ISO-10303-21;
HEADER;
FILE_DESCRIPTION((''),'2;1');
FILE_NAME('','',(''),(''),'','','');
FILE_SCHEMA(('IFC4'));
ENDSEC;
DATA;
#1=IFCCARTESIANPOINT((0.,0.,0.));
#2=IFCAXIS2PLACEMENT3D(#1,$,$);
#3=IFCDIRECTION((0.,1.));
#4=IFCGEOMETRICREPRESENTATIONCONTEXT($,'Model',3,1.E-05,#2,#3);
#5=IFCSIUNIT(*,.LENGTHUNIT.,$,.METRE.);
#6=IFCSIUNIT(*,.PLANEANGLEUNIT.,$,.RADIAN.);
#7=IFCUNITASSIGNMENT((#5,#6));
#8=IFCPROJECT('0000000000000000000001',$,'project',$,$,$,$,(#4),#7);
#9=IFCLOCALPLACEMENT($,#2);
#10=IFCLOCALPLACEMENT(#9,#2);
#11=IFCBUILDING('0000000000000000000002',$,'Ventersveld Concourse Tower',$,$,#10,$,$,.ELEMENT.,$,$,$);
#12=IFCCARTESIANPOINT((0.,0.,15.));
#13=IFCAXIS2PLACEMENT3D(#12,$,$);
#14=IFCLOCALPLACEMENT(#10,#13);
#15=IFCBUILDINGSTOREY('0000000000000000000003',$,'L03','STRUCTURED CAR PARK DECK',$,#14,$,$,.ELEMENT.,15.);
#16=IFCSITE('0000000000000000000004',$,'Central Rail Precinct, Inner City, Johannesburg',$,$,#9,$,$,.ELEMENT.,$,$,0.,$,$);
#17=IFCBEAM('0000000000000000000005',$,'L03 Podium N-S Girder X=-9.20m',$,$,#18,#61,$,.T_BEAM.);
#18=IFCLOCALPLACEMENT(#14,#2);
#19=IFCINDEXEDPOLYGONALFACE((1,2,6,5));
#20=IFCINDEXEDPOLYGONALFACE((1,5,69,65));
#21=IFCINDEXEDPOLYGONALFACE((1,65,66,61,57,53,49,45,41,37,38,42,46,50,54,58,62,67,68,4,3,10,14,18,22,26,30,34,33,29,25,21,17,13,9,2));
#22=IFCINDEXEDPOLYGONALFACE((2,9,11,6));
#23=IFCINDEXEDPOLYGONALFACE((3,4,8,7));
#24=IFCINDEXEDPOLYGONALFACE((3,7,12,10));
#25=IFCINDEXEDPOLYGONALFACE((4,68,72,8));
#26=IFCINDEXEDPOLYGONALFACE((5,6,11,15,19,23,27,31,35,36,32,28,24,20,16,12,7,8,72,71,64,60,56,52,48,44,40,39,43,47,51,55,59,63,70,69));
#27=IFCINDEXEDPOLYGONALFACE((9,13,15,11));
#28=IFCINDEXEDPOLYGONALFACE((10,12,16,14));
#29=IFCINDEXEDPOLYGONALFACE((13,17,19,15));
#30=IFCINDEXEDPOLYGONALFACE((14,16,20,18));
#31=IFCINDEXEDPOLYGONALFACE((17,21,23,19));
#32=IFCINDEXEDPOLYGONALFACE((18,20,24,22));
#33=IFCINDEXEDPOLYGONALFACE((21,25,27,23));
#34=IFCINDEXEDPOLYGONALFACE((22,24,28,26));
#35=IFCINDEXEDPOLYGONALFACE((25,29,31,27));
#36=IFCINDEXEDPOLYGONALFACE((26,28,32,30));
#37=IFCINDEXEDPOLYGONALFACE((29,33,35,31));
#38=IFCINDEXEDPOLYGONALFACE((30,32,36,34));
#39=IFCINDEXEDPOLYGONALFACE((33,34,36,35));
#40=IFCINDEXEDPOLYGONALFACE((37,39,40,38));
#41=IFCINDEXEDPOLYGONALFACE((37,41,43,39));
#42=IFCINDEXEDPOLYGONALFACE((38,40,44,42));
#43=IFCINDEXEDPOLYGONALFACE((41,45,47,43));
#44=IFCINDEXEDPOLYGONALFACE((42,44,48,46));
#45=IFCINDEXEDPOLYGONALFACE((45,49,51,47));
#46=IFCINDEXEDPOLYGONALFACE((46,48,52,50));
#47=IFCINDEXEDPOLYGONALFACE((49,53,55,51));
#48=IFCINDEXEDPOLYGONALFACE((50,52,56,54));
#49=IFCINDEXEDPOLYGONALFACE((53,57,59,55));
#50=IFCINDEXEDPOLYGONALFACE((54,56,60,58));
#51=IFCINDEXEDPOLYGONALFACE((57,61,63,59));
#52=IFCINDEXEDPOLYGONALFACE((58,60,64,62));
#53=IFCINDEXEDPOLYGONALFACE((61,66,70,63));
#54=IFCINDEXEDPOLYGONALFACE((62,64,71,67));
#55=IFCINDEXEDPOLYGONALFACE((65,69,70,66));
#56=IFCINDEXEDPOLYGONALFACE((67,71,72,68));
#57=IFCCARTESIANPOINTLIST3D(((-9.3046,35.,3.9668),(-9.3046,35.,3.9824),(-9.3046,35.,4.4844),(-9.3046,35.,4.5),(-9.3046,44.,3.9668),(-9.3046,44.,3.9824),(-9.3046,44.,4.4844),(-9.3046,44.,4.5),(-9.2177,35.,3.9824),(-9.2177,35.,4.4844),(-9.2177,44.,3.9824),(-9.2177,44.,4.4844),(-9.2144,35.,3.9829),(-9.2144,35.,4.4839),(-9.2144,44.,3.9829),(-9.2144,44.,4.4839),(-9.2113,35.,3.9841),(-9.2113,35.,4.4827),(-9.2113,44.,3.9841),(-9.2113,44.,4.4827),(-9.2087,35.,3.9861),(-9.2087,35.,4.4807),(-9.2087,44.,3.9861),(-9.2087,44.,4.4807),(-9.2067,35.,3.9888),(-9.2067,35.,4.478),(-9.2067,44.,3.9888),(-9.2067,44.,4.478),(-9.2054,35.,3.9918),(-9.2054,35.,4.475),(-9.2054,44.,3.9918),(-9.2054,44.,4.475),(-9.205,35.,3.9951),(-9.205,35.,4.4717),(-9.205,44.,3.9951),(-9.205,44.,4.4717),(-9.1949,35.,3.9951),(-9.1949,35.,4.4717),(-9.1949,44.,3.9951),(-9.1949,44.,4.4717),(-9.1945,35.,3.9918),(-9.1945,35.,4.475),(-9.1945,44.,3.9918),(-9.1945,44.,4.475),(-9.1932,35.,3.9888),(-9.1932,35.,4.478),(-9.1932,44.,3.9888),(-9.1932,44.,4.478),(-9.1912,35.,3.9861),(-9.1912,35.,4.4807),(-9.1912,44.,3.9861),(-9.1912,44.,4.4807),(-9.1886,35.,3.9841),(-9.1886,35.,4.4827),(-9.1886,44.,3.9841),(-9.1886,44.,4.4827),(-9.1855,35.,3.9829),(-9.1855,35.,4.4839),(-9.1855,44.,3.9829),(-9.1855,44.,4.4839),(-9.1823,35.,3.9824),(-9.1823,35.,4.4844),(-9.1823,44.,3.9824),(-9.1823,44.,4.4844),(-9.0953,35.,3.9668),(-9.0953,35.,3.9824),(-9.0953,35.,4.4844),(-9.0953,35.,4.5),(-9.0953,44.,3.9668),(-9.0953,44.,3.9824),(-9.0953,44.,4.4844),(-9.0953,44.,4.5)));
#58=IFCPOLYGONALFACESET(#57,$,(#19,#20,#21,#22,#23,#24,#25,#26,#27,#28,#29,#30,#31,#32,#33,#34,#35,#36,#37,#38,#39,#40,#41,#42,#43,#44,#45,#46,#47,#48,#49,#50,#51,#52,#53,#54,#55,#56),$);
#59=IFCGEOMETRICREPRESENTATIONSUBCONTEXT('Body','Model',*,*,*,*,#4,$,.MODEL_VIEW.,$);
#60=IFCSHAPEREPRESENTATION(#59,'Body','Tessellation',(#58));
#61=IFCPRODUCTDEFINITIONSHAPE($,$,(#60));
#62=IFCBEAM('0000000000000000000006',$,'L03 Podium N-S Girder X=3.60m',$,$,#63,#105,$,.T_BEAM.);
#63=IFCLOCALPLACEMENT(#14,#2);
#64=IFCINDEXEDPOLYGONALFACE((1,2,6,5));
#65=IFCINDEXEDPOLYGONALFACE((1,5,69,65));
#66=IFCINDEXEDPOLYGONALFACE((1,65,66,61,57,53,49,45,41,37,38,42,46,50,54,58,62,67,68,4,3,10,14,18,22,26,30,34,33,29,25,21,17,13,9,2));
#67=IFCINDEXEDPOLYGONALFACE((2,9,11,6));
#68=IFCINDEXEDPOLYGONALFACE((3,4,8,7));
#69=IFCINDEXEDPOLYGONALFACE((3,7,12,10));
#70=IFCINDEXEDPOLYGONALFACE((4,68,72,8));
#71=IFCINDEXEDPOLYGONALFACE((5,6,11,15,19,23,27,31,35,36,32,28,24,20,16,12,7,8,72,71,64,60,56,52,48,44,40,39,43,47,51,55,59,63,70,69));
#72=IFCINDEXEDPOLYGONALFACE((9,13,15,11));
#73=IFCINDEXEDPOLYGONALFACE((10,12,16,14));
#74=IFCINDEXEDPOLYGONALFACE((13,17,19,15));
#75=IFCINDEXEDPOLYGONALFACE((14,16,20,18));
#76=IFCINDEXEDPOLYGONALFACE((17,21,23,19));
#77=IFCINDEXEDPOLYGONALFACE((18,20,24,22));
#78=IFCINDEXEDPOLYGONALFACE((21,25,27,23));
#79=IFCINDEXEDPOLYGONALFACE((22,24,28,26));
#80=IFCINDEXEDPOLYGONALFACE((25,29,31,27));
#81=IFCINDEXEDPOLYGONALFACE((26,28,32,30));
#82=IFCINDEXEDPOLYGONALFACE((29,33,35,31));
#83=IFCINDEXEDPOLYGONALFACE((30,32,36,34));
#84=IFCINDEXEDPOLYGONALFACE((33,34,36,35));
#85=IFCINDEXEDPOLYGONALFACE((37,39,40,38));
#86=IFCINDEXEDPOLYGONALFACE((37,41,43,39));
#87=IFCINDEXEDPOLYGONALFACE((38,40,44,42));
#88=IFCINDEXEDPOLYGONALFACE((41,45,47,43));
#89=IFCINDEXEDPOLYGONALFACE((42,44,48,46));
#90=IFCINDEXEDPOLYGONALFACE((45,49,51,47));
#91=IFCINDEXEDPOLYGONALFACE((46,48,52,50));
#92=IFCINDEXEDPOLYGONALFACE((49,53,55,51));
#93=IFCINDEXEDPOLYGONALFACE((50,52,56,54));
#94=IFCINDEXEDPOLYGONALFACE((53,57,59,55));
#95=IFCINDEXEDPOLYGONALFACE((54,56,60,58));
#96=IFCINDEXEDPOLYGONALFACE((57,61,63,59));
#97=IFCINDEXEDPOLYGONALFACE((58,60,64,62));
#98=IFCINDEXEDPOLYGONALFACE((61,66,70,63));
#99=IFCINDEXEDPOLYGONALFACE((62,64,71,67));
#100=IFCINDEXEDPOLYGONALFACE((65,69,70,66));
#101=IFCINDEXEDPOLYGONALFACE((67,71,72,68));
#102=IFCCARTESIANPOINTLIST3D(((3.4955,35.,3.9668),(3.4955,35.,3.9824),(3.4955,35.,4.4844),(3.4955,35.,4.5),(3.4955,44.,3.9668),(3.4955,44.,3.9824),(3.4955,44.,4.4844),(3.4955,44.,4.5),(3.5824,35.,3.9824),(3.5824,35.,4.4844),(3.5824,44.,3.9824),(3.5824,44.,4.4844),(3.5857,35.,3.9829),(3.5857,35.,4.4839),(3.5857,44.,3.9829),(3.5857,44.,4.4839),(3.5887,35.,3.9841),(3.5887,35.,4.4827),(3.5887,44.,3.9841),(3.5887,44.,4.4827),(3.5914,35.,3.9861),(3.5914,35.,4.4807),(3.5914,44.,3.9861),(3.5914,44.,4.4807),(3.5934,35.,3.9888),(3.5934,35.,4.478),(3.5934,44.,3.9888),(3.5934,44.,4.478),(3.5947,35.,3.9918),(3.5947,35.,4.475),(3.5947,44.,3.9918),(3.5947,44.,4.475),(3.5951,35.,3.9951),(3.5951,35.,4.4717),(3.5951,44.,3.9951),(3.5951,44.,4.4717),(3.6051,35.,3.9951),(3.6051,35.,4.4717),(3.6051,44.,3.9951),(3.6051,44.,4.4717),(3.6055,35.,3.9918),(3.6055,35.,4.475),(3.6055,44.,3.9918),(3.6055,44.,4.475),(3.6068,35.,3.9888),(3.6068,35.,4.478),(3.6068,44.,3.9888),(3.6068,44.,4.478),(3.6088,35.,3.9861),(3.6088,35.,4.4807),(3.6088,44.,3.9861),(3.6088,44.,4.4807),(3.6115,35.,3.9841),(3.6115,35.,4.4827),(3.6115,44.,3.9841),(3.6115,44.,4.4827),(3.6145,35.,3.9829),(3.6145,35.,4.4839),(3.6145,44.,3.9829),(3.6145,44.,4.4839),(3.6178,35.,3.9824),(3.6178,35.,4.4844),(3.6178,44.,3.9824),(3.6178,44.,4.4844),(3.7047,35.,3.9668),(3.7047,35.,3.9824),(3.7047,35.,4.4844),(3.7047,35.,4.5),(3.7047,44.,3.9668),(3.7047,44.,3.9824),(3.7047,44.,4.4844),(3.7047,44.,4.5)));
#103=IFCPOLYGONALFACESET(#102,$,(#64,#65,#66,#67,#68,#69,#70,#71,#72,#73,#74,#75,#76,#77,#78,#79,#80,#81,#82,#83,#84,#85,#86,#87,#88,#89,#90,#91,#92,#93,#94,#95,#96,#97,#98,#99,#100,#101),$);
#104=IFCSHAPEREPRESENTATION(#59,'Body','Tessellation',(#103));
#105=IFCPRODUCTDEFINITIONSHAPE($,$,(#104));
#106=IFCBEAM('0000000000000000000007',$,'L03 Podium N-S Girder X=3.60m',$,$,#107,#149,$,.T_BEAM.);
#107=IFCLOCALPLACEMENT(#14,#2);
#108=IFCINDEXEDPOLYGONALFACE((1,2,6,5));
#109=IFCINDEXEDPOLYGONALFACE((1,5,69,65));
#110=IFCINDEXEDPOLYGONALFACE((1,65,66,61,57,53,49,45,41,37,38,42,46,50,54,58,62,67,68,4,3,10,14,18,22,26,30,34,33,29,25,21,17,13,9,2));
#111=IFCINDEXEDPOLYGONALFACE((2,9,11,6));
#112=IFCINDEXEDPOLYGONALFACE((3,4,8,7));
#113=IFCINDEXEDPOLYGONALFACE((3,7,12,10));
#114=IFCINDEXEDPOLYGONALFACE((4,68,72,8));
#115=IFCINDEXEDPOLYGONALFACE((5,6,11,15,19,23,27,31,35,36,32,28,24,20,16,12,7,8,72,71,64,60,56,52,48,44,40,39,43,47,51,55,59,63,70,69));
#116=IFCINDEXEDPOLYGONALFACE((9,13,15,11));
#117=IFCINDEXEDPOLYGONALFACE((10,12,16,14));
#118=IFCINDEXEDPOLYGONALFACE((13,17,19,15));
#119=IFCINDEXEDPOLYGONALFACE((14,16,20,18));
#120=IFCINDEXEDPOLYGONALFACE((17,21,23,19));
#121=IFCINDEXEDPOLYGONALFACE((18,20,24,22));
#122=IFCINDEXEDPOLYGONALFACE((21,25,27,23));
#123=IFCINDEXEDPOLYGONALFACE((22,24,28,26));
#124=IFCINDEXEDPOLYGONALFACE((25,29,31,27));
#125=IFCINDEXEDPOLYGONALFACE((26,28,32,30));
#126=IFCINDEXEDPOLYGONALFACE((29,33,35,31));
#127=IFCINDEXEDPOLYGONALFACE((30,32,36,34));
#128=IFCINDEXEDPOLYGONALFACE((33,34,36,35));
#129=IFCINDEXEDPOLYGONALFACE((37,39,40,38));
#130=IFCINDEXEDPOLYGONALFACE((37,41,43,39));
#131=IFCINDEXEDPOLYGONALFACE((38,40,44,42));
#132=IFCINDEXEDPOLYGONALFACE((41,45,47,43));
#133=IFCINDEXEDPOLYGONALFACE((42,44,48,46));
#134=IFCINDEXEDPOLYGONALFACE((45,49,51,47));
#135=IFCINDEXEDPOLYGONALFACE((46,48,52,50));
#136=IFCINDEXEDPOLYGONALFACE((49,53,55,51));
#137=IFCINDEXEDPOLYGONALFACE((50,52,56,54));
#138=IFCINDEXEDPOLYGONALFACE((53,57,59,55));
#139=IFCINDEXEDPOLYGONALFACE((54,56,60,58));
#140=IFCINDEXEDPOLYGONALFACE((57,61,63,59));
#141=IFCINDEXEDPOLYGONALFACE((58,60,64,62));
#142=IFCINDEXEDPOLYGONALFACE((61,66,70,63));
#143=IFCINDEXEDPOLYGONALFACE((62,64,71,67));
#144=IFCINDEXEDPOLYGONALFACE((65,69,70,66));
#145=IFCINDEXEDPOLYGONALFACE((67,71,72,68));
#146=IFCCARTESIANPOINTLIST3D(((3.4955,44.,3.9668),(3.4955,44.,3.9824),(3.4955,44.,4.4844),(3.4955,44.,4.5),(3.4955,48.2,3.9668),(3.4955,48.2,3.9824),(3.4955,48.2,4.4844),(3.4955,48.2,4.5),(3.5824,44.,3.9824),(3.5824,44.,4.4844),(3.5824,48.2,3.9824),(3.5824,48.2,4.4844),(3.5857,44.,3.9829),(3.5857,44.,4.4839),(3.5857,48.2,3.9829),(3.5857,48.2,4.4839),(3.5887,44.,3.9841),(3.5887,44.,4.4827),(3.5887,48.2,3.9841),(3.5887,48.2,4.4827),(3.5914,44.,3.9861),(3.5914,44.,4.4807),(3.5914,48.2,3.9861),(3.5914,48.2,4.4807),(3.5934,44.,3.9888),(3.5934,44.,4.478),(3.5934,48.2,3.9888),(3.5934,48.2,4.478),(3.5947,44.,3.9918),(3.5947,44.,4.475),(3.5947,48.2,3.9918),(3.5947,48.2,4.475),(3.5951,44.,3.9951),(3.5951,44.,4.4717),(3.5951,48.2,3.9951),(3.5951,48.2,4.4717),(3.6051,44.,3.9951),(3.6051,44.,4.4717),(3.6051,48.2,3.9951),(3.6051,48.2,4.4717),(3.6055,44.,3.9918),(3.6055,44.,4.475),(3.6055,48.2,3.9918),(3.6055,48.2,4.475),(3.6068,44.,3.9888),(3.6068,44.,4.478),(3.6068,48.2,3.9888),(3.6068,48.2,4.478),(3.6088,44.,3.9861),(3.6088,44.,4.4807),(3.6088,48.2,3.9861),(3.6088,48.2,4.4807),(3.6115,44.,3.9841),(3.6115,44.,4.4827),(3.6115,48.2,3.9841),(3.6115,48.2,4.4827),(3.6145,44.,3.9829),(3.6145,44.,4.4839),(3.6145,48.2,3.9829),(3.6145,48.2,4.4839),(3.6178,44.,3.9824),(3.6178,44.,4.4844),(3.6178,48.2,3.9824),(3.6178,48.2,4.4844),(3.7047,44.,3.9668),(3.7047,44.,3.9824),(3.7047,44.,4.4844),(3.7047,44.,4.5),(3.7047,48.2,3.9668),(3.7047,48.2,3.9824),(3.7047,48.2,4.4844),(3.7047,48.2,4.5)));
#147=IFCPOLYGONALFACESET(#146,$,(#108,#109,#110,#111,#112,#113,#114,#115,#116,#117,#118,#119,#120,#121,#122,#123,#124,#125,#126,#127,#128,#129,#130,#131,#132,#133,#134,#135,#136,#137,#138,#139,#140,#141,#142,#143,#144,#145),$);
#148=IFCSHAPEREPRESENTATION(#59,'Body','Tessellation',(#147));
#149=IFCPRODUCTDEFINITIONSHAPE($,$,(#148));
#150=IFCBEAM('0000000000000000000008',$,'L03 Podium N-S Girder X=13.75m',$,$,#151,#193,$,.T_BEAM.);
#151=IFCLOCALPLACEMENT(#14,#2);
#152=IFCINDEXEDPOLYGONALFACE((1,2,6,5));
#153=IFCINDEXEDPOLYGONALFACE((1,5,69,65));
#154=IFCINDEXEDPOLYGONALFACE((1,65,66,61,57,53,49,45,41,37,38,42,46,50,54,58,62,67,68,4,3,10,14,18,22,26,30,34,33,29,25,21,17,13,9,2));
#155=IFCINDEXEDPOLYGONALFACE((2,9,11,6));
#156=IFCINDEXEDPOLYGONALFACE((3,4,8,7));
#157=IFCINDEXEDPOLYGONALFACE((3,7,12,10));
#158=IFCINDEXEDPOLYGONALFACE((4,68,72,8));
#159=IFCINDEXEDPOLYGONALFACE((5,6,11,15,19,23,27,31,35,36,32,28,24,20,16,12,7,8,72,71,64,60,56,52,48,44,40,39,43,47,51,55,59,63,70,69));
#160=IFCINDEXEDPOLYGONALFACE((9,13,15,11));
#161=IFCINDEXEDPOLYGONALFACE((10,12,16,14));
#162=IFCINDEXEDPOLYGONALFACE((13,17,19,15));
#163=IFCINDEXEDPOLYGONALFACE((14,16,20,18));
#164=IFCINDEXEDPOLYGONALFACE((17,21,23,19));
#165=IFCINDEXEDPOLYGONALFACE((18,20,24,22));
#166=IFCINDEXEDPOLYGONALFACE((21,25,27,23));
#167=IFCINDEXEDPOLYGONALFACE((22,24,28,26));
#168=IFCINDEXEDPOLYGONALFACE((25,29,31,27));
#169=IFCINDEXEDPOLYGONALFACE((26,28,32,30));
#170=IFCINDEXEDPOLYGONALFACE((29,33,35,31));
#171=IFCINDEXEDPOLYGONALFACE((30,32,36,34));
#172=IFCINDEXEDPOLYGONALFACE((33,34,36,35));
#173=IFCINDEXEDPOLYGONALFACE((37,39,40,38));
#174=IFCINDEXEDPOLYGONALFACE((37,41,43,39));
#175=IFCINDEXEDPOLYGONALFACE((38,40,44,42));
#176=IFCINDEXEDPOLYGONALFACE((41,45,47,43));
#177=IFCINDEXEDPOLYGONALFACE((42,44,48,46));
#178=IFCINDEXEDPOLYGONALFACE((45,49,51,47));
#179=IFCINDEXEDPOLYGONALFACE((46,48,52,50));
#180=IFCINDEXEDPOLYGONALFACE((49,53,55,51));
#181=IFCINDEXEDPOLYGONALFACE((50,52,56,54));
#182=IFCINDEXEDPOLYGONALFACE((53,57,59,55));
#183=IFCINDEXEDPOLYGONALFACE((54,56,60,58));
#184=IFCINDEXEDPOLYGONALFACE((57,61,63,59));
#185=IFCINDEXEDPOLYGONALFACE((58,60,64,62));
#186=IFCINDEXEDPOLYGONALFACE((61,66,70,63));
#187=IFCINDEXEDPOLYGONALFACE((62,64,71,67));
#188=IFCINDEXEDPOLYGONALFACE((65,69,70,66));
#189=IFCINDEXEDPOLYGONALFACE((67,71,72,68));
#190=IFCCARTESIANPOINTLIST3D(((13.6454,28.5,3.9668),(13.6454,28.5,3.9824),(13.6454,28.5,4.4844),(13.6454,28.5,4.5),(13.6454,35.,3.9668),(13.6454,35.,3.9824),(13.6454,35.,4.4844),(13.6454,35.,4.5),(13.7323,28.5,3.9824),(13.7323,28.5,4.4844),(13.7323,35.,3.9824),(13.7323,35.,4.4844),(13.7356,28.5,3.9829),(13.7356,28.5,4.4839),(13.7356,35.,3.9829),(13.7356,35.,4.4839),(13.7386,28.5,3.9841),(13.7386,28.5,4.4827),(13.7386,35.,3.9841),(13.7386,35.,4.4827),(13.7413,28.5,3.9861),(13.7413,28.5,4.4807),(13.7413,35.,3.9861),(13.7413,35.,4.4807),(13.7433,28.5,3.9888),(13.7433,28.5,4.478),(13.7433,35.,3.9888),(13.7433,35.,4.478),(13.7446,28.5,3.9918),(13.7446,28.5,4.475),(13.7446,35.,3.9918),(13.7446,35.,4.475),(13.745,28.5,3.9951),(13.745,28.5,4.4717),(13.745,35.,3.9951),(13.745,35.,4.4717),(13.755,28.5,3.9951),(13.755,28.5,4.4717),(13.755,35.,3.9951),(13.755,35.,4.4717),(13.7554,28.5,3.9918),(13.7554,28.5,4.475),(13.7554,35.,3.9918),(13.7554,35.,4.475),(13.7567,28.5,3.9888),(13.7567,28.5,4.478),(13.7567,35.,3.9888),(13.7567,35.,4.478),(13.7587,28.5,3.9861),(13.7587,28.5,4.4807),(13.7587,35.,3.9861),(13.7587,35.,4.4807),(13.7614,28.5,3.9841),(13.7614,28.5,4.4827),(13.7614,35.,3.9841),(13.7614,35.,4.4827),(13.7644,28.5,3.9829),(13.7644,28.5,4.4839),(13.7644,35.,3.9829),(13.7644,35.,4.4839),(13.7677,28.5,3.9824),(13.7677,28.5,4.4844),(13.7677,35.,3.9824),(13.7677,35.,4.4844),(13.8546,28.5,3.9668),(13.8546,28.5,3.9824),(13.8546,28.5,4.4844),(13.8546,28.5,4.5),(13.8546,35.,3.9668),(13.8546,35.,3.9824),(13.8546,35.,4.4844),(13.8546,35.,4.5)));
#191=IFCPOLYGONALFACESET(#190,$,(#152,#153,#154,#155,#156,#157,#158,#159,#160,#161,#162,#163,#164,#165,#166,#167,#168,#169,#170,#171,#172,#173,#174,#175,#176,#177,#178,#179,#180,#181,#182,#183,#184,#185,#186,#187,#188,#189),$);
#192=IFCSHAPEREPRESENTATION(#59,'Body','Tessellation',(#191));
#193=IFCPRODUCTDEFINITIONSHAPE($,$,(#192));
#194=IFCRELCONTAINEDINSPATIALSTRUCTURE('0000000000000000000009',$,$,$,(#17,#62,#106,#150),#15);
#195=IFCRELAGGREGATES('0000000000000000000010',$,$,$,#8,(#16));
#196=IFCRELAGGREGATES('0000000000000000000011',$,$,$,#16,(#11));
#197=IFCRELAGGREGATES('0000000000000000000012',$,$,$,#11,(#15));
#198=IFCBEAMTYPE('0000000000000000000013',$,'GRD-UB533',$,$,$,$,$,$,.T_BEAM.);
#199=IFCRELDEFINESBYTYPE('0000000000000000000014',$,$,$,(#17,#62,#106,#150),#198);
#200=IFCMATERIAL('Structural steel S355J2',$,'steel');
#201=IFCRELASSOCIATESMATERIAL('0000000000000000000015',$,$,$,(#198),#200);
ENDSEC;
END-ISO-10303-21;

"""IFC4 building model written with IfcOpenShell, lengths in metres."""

from ifc_helpers import new_model, si_unit, direction, frame, origin, origin_2d, place, context, subcontext, project, spatial, i_section, extrude, material, material_profile, profile_set, type_object, element, save


model = new_model("IFC4")

# Units and contexts
model_context = context("Model", 3, precision=1e-05, world=origin(), true_north=direction((0.0, 1.0)))
body_context = subcontext(model_context, "Body", "Model", "MODEL_VIEW")
ifc_project = project(units=[si_unit("LENGTHUNIT", "METRE"), si_unit("PLANEANGLEUNIT", "RADIAN")], contexts=[model_context])

# Site, building, storey
site_placement = place(None, origin())
site = spatial("IfcSite", under=ifc_project, at=site_placement, Name="Central Rail Precinct, Inner City, Johannesburg", CompositionType="ELEMENT", RefElevation=0.0)
building_placement = place(site_placement, origin())
building = spatial("IfcBuilding", under=site, at=building_placement, Name="Ventersveld Concourse Tower", CompositionType="ELEMENT")
storey_placement = place(building_placement, frame((0.0, 0.0, 15.0)))
storey = spatial("IfcBuildingStorey", under=building, at=storey_placement, Name="L03", Description="STRUCTURED CAR PARK DECK", CompositionType="ELEMENT", Elevation=15.0)

# Beams
ifc_material_1 = material(Name="Structural steel S355J2", Category="steel")
ifc_material_profile_1 = material_profile(ifc_material_1, i_section(OverallWidth=0.2092, OverallDepth=0.5332, WebThickness=0.01, FlangeThickness=0.0156, FilletRadius=0.0127, at=origin_2d()), Name="UB 533x210x92")
ifc_profile_set_1 = profile_set([ifc_material_profile_1], Name="Structural steel S355J2")
beam_type_1 = type_object("IfcBeamType", Name="GRD-UB533", PredefinedType="T_BEAM", material=ifc_profile_set_1)
for number, where, z_axis, x_axis, name in (
    (1, (-9.2, 35.0, 4.2334), (0.0, 1.0, 0.0), (-1.0, 0.0, 0.0), "L03 Podium N-S Girder X=-9.20m"),
    (2, (3.6001, 35.0, 4.2334), (0.0, 1.0, 0.0), (-1.0, 0.0, 0.0), "L03 Podium N-S Girder X=3.60m"),
):
    element("IfcBeam", number, at=place(storey_placement, frame(where, z_axis=z_axis, x_axis=x_axis)), inside=storey, type_object=beam_type_1, Name=name, PredefinedType="T_BEAM", context=body_context, shape_type="SweptSolid", body=[
        extrude(i_section(OverallWidth=0.2092, OverallDepth=0.5332, WebThickness=0.01, FlangeThickness=0.0156, FilletRadius=0.0127, at=origin_2d()), origin(), (0.0, 0.0, 1.0), 9.0),
    ])
beam_1_placement = place(storey_placement, frame((3.6001, 44.0, 4.2334), z_axis=(0.0, 1.0, 0.0), x_axis=(-1.0, 0.0, 0.0)))
element("IfcBeam", 3, at=beam_1_placement, inside=storey, type_object=beam_type_1, Name="L03 Podium N-S Girder X=3.60m", PredefinedType="T_BEAM", context=body_context, shape_type="SweptSolid", body=[
    extrude(i_section(OverallWidth=0.2092, OverallDepth=0.5332, WebThickness=0.01, FlangeThickness=0.0156, FilletRadius=0.0127, at=origin_2d()), origin(), (0.0, 0.0, 1.0), 4.2),
])
beam_2_placement = place(storey_placement, frame((13.75, 28.5, 4.2334), z_axis=(0.0, 1.0, 0.0), x_axis=(-1.0, 0.0, 0.0)))
element("IfcBeam", 4, at=beam_2_placement, inside=storey, type_object=beam_type_1, Name="L03 Podium N-S Girder X=13.75m", PredefinedType="T_BEAM", context=body_context, shape_type="SweptSolid", body=[
    extrude(i_section(OverallWidth=0.2092, OverallDepth=0.5332, WebThickness=0.01, FlangeThickness=0.0156, FilletRadius=0.0127, at=origin_2d()), origin(), (0.0, 0.0, 1.0), 6.5),
])

save(model, "model.ifc")
